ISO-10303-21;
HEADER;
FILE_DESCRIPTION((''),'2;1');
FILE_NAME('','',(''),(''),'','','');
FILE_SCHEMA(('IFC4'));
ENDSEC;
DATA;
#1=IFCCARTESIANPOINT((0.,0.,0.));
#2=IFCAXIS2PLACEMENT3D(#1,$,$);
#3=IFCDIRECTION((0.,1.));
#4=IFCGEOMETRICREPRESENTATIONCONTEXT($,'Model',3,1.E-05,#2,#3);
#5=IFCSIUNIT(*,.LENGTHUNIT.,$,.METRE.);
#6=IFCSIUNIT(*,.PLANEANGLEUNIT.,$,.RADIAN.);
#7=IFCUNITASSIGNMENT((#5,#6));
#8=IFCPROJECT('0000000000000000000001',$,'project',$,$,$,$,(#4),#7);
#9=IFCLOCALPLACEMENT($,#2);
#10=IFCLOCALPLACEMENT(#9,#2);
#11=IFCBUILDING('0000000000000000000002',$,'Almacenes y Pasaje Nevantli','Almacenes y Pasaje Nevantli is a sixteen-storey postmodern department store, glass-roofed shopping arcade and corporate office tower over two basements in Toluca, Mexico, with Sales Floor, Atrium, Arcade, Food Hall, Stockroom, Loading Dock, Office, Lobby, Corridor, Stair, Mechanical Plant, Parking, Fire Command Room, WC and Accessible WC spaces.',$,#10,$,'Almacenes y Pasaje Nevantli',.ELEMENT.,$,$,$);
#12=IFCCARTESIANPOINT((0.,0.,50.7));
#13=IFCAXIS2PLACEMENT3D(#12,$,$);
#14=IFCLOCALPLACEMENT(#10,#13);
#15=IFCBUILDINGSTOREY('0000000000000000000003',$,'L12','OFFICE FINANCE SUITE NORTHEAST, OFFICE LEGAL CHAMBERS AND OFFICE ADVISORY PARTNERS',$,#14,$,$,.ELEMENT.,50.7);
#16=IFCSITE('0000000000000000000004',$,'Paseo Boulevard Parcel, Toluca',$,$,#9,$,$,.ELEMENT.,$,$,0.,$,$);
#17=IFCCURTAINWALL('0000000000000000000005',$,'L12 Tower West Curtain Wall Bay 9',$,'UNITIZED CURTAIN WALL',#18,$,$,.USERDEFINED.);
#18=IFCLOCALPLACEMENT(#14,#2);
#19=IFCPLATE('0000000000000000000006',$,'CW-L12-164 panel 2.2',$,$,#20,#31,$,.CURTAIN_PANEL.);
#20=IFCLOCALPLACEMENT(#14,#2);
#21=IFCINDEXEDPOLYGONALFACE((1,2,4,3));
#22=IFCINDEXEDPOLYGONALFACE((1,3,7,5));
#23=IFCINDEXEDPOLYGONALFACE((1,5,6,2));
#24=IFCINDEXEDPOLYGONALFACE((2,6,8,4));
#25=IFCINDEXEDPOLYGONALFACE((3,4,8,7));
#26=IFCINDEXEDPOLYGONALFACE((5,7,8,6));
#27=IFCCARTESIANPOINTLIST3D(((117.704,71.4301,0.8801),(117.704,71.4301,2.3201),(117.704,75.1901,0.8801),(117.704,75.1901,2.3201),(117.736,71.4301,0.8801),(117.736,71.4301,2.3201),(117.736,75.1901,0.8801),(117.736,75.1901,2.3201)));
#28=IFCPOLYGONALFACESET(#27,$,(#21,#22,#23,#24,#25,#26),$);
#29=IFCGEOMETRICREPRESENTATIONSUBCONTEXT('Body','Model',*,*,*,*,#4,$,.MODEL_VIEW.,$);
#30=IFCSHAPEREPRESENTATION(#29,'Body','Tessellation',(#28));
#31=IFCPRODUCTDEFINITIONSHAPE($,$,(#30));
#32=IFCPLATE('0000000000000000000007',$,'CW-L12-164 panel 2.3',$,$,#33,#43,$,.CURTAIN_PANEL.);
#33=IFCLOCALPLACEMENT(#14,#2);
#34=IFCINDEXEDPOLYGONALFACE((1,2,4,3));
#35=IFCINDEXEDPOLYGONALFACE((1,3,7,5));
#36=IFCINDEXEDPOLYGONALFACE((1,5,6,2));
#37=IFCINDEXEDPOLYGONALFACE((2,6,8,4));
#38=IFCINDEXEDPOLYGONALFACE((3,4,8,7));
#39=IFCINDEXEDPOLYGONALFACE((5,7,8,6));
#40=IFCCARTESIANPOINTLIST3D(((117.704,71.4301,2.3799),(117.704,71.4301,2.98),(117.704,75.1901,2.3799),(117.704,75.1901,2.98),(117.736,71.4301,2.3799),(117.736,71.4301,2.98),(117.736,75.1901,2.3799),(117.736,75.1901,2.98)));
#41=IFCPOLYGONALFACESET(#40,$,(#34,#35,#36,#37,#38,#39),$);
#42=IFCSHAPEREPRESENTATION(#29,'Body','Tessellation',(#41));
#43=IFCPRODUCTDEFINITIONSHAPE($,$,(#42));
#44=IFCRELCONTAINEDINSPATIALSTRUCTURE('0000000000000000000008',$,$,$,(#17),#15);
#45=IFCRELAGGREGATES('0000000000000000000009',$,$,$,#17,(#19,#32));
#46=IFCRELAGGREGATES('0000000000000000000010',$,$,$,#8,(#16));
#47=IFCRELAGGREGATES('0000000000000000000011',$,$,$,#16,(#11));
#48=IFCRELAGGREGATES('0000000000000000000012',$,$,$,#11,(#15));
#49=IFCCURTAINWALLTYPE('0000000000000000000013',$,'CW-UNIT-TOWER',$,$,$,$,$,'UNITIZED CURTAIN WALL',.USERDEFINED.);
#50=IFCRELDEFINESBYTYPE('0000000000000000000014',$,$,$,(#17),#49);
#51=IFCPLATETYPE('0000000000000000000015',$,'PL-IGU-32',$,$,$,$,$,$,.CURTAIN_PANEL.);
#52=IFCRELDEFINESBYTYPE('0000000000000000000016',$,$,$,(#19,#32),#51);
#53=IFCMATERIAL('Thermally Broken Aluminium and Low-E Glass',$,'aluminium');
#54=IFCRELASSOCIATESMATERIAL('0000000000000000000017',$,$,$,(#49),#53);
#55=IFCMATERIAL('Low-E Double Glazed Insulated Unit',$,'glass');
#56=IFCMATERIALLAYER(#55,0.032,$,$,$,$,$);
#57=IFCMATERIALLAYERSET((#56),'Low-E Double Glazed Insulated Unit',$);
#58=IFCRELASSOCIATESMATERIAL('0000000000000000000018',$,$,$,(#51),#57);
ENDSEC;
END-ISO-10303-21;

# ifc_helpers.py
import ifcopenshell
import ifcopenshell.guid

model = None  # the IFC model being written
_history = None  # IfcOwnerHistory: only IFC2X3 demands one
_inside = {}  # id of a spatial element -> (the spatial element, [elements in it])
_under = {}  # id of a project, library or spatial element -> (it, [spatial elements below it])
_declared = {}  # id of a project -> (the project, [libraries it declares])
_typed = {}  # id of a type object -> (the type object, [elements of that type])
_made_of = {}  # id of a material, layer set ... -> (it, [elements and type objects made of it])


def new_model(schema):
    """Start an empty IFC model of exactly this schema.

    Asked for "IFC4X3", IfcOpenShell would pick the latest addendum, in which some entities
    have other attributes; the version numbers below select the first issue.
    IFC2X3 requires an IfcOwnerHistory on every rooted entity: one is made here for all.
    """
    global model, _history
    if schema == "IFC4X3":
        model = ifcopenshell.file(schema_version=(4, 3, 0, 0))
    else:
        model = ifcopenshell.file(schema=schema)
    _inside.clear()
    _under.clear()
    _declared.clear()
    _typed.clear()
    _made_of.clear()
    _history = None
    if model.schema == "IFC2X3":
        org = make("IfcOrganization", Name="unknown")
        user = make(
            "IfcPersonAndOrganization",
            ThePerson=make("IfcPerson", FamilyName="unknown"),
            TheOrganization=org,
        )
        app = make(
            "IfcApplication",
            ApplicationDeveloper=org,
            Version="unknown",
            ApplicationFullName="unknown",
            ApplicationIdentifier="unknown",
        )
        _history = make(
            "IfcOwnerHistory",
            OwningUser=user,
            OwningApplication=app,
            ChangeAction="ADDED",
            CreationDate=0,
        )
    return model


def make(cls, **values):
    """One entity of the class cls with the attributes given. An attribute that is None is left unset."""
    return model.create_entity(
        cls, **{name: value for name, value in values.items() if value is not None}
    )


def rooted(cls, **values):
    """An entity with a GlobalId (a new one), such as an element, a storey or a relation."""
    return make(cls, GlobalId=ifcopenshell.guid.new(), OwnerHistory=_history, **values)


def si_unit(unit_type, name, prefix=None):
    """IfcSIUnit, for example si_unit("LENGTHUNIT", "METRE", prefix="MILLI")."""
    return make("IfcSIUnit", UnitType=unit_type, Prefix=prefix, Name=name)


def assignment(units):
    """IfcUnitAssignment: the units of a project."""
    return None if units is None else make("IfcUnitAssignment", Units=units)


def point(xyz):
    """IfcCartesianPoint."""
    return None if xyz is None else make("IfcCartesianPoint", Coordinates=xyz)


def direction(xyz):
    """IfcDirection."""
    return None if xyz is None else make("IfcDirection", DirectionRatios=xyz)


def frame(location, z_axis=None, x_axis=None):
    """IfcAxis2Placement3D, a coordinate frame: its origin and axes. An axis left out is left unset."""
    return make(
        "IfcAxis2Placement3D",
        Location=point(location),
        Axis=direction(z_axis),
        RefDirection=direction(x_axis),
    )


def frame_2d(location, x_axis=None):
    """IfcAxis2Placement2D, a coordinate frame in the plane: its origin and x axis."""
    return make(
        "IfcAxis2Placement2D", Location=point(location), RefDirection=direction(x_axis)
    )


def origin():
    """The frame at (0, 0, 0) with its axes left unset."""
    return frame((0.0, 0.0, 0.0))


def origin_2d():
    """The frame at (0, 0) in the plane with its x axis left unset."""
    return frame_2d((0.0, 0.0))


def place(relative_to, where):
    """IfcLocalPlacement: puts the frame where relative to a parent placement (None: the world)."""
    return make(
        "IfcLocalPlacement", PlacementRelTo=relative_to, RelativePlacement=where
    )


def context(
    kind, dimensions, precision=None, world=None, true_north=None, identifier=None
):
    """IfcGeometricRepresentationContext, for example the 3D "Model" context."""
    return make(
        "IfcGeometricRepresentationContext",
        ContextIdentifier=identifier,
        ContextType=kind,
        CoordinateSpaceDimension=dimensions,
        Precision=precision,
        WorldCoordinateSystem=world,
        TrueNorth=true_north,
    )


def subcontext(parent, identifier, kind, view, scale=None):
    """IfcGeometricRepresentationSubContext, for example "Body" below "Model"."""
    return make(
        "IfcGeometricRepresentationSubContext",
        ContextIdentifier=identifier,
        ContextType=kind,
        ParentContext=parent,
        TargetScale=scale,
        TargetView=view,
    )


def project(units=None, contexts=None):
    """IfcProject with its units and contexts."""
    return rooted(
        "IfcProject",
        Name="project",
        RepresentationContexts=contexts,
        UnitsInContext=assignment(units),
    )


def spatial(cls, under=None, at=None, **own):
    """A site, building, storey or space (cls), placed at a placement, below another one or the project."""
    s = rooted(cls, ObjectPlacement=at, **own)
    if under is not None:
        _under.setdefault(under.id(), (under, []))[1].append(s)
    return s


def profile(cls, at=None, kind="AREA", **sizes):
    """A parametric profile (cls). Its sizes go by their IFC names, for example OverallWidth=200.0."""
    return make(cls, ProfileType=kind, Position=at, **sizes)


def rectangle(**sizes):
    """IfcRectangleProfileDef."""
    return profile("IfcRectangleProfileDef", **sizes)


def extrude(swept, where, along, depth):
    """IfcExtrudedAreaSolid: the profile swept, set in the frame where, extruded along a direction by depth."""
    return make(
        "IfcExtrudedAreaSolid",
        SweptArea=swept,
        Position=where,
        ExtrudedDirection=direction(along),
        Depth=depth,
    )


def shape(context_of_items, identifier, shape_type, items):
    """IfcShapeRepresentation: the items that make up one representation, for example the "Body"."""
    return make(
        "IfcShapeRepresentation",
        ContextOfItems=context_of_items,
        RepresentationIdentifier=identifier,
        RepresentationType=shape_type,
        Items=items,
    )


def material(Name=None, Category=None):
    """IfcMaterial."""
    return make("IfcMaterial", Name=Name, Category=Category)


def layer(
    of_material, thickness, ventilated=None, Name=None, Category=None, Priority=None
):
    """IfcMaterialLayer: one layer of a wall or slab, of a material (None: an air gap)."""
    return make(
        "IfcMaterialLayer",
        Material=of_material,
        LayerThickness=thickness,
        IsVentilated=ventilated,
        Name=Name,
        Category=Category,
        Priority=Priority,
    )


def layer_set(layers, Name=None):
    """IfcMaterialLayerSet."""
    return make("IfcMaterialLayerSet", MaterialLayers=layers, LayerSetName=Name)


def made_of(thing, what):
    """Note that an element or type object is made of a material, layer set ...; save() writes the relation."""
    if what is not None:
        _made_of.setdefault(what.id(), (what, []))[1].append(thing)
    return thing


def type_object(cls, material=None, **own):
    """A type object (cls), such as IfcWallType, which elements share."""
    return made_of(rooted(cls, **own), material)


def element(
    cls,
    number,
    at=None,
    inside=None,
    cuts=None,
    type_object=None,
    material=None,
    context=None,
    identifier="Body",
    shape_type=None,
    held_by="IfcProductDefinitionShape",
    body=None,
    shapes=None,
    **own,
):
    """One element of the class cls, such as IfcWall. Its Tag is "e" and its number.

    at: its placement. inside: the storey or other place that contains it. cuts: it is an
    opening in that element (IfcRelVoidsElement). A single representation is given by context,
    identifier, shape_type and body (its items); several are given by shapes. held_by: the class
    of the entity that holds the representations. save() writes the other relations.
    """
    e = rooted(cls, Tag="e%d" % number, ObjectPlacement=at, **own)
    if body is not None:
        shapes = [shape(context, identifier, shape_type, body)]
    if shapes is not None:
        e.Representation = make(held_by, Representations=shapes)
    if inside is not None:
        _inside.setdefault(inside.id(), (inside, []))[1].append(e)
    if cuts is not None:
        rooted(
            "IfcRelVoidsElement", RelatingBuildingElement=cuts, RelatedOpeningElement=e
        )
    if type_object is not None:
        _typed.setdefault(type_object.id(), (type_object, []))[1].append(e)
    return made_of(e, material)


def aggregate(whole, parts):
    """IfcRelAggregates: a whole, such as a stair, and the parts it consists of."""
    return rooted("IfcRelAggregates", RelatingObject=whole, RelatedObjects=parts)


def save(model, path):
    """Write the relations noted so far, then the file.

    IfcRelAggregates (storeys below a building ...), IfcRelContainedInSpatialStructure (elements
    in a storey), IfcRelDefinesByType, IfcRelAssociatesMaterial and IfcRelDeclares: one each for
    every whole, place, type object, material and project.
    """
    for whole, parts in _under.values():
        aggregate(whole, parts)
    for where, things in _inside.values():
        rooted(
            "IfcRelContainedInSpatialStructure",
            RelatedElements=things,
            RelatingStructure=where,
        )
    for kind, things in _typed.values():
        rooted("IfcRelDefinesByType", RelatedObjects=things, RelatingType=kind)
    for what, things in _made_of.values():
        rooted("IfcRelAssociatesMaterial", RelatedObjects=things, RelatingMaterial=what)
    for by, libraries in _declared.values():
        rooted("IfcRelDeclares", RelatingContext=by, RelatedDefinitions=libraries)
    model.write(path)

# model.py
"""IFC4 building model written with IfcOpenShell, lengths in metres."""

from ifc_helpers import new_model, si_unit, direction, frame, origin, origin_2d, place, context, subcontext, project, spatial, rectangle, extrude, material, layer, layer_set, type_object, element, aggregate, save


model = new_model("IFC4")

# Units and contexts
model_context = context("Model", 3, precision=1e-05, world=origin(), true_north=direction((0.0, 1.0)))
body_context = subcontext(model_context, "Body", "Model", "MODEL_VIEW")
ifc_project = project(units=[si_unit("LENGTHUNIT", "METRE"), si_unit("PLANEANGLEUNIT", "RADIAN")], contexts=[model_context])

# Site, building, storey
site_placement = place(None, origin())
site = spatial("IfcSite", under=ifc_project, at=site_placement, Name="Paseo Boulevard Parcel, Toluca", CompositionType="ELEMENT", RefElevation=0.0)
building_placement = place(site_placement, origin())
building = spatial("IfcBuilding", under=site, at=building_placement, Name="Almacenes y Pasaje Nevantli", Description="Almacenes y Pasaje Nevantli is a sixteen-storey postmodern department store, glass-roofed shopping arcade and corporate office tower over two basements in Toluca, Mexico, with Sales Floor, Atrium, Arcade, Food Hall, Stockroom, Loading Dock, Office, Lobby, Corridor, Stair, Mechanical Plant, Parking, Fire Command Room, WC and Accessible WC spaces.", LongName="Almacenes y Pasaje Nevantli", CompositionType="ELEMENT")
storey_placement = place(building_placement, frame((0.0, 0.0, 50.7)))
storey = spatial("IfcBuildingStorey", under=building, at=storey_placement, Name="L12", Description="OFFICE FINANCE SUITE NORTHEAST, OFFICE LEGAL CHAMBERS AND OFFICE ADVISORY PARTNERS", CompositionType="ELEMENT", Elevation=50.7)

# Curtain wall
ifc_material_1 = material(Name="Thermally Broken Aluminium and Low-E Glass", Category="aluminium")
curtain_wall_type = type_object("IfcCurtainWallType", Name="CW-UNIT-TOWER", ElementType="UNITIZED CURTAIN WALL", PredefinedType="USERDEFINED", material=ifc_material_1)
curtain_wall_1_placement = place(storey_placement, origin())
curtain_wall_1 = element("IfcCurtainWall", 1, at=curtain_wall_1_placement, inside=storey, type_object=curtain_wall_type, Name="L12 Tower West Curtain Wall Bay 9", ObjectType="UNITIZED CURTAIN WALL", PredefinedType="USERDEFINED")

# Plates
ifc_material_2 = material(Name="Low-E Double Glazed Insulated Unit", Category="glass")
ifc_layer = layer(ifc_material_2, 0.032)
ifc_layer_set = layer_set([ifc_layer], Name="Low-E Double Glazed Insulated Unit")
plate_type = type_object("IfcPlateType", Name="PL-IGU-32", PredefinedType="CURTAIN_PANEL", material=ifc_layer_set)
plate_1_placement = place(storey_placement, frame((117.72, 73.3101, 0.8801), z_axis=(0.0, 0.0, 1.0), x_axis=(0.0, 1.0, 0.0)))
plate_1 = element("IfcPlate", 2, at=plate_1_placement, type_object=plate_type, Name="CW-L12-164 panel 2.2", PredefinedType="CURTAIN_PANEL", context=body_context, shape_type="SweptSolid", body=[
    extrude(rectangle(XDim=3.76, YDim=0.032, at=origin_2d()), origin(), (0.0, 0.0, 1.0), 1.4399),
])
plate_2_placement = place(storey_placement, frame((117.72, 73.3101, 2.3799), z_axis=(0.0, 0.0, 1.0), x_axis=(0.0, 1.0, 0.0)))
plate_2 = element("IfcPlate", 3, at=plate_2_placement, type_object=plate_type, Name="CW-L12-164 panel 2.3", PredefinedType="CURTAIN_PANEL", context=body_context, shape_type="SweptSolid", body=[
    extrude(rectangle(XDim=3.76, YDim=0.032, at=origin_2d()), origin(), (0.0, 0.0, 1.0), 0.6001),
])
aggregate(curtain_wall_1, [plate_1, plate_2])

save(model, "model.ifc")
